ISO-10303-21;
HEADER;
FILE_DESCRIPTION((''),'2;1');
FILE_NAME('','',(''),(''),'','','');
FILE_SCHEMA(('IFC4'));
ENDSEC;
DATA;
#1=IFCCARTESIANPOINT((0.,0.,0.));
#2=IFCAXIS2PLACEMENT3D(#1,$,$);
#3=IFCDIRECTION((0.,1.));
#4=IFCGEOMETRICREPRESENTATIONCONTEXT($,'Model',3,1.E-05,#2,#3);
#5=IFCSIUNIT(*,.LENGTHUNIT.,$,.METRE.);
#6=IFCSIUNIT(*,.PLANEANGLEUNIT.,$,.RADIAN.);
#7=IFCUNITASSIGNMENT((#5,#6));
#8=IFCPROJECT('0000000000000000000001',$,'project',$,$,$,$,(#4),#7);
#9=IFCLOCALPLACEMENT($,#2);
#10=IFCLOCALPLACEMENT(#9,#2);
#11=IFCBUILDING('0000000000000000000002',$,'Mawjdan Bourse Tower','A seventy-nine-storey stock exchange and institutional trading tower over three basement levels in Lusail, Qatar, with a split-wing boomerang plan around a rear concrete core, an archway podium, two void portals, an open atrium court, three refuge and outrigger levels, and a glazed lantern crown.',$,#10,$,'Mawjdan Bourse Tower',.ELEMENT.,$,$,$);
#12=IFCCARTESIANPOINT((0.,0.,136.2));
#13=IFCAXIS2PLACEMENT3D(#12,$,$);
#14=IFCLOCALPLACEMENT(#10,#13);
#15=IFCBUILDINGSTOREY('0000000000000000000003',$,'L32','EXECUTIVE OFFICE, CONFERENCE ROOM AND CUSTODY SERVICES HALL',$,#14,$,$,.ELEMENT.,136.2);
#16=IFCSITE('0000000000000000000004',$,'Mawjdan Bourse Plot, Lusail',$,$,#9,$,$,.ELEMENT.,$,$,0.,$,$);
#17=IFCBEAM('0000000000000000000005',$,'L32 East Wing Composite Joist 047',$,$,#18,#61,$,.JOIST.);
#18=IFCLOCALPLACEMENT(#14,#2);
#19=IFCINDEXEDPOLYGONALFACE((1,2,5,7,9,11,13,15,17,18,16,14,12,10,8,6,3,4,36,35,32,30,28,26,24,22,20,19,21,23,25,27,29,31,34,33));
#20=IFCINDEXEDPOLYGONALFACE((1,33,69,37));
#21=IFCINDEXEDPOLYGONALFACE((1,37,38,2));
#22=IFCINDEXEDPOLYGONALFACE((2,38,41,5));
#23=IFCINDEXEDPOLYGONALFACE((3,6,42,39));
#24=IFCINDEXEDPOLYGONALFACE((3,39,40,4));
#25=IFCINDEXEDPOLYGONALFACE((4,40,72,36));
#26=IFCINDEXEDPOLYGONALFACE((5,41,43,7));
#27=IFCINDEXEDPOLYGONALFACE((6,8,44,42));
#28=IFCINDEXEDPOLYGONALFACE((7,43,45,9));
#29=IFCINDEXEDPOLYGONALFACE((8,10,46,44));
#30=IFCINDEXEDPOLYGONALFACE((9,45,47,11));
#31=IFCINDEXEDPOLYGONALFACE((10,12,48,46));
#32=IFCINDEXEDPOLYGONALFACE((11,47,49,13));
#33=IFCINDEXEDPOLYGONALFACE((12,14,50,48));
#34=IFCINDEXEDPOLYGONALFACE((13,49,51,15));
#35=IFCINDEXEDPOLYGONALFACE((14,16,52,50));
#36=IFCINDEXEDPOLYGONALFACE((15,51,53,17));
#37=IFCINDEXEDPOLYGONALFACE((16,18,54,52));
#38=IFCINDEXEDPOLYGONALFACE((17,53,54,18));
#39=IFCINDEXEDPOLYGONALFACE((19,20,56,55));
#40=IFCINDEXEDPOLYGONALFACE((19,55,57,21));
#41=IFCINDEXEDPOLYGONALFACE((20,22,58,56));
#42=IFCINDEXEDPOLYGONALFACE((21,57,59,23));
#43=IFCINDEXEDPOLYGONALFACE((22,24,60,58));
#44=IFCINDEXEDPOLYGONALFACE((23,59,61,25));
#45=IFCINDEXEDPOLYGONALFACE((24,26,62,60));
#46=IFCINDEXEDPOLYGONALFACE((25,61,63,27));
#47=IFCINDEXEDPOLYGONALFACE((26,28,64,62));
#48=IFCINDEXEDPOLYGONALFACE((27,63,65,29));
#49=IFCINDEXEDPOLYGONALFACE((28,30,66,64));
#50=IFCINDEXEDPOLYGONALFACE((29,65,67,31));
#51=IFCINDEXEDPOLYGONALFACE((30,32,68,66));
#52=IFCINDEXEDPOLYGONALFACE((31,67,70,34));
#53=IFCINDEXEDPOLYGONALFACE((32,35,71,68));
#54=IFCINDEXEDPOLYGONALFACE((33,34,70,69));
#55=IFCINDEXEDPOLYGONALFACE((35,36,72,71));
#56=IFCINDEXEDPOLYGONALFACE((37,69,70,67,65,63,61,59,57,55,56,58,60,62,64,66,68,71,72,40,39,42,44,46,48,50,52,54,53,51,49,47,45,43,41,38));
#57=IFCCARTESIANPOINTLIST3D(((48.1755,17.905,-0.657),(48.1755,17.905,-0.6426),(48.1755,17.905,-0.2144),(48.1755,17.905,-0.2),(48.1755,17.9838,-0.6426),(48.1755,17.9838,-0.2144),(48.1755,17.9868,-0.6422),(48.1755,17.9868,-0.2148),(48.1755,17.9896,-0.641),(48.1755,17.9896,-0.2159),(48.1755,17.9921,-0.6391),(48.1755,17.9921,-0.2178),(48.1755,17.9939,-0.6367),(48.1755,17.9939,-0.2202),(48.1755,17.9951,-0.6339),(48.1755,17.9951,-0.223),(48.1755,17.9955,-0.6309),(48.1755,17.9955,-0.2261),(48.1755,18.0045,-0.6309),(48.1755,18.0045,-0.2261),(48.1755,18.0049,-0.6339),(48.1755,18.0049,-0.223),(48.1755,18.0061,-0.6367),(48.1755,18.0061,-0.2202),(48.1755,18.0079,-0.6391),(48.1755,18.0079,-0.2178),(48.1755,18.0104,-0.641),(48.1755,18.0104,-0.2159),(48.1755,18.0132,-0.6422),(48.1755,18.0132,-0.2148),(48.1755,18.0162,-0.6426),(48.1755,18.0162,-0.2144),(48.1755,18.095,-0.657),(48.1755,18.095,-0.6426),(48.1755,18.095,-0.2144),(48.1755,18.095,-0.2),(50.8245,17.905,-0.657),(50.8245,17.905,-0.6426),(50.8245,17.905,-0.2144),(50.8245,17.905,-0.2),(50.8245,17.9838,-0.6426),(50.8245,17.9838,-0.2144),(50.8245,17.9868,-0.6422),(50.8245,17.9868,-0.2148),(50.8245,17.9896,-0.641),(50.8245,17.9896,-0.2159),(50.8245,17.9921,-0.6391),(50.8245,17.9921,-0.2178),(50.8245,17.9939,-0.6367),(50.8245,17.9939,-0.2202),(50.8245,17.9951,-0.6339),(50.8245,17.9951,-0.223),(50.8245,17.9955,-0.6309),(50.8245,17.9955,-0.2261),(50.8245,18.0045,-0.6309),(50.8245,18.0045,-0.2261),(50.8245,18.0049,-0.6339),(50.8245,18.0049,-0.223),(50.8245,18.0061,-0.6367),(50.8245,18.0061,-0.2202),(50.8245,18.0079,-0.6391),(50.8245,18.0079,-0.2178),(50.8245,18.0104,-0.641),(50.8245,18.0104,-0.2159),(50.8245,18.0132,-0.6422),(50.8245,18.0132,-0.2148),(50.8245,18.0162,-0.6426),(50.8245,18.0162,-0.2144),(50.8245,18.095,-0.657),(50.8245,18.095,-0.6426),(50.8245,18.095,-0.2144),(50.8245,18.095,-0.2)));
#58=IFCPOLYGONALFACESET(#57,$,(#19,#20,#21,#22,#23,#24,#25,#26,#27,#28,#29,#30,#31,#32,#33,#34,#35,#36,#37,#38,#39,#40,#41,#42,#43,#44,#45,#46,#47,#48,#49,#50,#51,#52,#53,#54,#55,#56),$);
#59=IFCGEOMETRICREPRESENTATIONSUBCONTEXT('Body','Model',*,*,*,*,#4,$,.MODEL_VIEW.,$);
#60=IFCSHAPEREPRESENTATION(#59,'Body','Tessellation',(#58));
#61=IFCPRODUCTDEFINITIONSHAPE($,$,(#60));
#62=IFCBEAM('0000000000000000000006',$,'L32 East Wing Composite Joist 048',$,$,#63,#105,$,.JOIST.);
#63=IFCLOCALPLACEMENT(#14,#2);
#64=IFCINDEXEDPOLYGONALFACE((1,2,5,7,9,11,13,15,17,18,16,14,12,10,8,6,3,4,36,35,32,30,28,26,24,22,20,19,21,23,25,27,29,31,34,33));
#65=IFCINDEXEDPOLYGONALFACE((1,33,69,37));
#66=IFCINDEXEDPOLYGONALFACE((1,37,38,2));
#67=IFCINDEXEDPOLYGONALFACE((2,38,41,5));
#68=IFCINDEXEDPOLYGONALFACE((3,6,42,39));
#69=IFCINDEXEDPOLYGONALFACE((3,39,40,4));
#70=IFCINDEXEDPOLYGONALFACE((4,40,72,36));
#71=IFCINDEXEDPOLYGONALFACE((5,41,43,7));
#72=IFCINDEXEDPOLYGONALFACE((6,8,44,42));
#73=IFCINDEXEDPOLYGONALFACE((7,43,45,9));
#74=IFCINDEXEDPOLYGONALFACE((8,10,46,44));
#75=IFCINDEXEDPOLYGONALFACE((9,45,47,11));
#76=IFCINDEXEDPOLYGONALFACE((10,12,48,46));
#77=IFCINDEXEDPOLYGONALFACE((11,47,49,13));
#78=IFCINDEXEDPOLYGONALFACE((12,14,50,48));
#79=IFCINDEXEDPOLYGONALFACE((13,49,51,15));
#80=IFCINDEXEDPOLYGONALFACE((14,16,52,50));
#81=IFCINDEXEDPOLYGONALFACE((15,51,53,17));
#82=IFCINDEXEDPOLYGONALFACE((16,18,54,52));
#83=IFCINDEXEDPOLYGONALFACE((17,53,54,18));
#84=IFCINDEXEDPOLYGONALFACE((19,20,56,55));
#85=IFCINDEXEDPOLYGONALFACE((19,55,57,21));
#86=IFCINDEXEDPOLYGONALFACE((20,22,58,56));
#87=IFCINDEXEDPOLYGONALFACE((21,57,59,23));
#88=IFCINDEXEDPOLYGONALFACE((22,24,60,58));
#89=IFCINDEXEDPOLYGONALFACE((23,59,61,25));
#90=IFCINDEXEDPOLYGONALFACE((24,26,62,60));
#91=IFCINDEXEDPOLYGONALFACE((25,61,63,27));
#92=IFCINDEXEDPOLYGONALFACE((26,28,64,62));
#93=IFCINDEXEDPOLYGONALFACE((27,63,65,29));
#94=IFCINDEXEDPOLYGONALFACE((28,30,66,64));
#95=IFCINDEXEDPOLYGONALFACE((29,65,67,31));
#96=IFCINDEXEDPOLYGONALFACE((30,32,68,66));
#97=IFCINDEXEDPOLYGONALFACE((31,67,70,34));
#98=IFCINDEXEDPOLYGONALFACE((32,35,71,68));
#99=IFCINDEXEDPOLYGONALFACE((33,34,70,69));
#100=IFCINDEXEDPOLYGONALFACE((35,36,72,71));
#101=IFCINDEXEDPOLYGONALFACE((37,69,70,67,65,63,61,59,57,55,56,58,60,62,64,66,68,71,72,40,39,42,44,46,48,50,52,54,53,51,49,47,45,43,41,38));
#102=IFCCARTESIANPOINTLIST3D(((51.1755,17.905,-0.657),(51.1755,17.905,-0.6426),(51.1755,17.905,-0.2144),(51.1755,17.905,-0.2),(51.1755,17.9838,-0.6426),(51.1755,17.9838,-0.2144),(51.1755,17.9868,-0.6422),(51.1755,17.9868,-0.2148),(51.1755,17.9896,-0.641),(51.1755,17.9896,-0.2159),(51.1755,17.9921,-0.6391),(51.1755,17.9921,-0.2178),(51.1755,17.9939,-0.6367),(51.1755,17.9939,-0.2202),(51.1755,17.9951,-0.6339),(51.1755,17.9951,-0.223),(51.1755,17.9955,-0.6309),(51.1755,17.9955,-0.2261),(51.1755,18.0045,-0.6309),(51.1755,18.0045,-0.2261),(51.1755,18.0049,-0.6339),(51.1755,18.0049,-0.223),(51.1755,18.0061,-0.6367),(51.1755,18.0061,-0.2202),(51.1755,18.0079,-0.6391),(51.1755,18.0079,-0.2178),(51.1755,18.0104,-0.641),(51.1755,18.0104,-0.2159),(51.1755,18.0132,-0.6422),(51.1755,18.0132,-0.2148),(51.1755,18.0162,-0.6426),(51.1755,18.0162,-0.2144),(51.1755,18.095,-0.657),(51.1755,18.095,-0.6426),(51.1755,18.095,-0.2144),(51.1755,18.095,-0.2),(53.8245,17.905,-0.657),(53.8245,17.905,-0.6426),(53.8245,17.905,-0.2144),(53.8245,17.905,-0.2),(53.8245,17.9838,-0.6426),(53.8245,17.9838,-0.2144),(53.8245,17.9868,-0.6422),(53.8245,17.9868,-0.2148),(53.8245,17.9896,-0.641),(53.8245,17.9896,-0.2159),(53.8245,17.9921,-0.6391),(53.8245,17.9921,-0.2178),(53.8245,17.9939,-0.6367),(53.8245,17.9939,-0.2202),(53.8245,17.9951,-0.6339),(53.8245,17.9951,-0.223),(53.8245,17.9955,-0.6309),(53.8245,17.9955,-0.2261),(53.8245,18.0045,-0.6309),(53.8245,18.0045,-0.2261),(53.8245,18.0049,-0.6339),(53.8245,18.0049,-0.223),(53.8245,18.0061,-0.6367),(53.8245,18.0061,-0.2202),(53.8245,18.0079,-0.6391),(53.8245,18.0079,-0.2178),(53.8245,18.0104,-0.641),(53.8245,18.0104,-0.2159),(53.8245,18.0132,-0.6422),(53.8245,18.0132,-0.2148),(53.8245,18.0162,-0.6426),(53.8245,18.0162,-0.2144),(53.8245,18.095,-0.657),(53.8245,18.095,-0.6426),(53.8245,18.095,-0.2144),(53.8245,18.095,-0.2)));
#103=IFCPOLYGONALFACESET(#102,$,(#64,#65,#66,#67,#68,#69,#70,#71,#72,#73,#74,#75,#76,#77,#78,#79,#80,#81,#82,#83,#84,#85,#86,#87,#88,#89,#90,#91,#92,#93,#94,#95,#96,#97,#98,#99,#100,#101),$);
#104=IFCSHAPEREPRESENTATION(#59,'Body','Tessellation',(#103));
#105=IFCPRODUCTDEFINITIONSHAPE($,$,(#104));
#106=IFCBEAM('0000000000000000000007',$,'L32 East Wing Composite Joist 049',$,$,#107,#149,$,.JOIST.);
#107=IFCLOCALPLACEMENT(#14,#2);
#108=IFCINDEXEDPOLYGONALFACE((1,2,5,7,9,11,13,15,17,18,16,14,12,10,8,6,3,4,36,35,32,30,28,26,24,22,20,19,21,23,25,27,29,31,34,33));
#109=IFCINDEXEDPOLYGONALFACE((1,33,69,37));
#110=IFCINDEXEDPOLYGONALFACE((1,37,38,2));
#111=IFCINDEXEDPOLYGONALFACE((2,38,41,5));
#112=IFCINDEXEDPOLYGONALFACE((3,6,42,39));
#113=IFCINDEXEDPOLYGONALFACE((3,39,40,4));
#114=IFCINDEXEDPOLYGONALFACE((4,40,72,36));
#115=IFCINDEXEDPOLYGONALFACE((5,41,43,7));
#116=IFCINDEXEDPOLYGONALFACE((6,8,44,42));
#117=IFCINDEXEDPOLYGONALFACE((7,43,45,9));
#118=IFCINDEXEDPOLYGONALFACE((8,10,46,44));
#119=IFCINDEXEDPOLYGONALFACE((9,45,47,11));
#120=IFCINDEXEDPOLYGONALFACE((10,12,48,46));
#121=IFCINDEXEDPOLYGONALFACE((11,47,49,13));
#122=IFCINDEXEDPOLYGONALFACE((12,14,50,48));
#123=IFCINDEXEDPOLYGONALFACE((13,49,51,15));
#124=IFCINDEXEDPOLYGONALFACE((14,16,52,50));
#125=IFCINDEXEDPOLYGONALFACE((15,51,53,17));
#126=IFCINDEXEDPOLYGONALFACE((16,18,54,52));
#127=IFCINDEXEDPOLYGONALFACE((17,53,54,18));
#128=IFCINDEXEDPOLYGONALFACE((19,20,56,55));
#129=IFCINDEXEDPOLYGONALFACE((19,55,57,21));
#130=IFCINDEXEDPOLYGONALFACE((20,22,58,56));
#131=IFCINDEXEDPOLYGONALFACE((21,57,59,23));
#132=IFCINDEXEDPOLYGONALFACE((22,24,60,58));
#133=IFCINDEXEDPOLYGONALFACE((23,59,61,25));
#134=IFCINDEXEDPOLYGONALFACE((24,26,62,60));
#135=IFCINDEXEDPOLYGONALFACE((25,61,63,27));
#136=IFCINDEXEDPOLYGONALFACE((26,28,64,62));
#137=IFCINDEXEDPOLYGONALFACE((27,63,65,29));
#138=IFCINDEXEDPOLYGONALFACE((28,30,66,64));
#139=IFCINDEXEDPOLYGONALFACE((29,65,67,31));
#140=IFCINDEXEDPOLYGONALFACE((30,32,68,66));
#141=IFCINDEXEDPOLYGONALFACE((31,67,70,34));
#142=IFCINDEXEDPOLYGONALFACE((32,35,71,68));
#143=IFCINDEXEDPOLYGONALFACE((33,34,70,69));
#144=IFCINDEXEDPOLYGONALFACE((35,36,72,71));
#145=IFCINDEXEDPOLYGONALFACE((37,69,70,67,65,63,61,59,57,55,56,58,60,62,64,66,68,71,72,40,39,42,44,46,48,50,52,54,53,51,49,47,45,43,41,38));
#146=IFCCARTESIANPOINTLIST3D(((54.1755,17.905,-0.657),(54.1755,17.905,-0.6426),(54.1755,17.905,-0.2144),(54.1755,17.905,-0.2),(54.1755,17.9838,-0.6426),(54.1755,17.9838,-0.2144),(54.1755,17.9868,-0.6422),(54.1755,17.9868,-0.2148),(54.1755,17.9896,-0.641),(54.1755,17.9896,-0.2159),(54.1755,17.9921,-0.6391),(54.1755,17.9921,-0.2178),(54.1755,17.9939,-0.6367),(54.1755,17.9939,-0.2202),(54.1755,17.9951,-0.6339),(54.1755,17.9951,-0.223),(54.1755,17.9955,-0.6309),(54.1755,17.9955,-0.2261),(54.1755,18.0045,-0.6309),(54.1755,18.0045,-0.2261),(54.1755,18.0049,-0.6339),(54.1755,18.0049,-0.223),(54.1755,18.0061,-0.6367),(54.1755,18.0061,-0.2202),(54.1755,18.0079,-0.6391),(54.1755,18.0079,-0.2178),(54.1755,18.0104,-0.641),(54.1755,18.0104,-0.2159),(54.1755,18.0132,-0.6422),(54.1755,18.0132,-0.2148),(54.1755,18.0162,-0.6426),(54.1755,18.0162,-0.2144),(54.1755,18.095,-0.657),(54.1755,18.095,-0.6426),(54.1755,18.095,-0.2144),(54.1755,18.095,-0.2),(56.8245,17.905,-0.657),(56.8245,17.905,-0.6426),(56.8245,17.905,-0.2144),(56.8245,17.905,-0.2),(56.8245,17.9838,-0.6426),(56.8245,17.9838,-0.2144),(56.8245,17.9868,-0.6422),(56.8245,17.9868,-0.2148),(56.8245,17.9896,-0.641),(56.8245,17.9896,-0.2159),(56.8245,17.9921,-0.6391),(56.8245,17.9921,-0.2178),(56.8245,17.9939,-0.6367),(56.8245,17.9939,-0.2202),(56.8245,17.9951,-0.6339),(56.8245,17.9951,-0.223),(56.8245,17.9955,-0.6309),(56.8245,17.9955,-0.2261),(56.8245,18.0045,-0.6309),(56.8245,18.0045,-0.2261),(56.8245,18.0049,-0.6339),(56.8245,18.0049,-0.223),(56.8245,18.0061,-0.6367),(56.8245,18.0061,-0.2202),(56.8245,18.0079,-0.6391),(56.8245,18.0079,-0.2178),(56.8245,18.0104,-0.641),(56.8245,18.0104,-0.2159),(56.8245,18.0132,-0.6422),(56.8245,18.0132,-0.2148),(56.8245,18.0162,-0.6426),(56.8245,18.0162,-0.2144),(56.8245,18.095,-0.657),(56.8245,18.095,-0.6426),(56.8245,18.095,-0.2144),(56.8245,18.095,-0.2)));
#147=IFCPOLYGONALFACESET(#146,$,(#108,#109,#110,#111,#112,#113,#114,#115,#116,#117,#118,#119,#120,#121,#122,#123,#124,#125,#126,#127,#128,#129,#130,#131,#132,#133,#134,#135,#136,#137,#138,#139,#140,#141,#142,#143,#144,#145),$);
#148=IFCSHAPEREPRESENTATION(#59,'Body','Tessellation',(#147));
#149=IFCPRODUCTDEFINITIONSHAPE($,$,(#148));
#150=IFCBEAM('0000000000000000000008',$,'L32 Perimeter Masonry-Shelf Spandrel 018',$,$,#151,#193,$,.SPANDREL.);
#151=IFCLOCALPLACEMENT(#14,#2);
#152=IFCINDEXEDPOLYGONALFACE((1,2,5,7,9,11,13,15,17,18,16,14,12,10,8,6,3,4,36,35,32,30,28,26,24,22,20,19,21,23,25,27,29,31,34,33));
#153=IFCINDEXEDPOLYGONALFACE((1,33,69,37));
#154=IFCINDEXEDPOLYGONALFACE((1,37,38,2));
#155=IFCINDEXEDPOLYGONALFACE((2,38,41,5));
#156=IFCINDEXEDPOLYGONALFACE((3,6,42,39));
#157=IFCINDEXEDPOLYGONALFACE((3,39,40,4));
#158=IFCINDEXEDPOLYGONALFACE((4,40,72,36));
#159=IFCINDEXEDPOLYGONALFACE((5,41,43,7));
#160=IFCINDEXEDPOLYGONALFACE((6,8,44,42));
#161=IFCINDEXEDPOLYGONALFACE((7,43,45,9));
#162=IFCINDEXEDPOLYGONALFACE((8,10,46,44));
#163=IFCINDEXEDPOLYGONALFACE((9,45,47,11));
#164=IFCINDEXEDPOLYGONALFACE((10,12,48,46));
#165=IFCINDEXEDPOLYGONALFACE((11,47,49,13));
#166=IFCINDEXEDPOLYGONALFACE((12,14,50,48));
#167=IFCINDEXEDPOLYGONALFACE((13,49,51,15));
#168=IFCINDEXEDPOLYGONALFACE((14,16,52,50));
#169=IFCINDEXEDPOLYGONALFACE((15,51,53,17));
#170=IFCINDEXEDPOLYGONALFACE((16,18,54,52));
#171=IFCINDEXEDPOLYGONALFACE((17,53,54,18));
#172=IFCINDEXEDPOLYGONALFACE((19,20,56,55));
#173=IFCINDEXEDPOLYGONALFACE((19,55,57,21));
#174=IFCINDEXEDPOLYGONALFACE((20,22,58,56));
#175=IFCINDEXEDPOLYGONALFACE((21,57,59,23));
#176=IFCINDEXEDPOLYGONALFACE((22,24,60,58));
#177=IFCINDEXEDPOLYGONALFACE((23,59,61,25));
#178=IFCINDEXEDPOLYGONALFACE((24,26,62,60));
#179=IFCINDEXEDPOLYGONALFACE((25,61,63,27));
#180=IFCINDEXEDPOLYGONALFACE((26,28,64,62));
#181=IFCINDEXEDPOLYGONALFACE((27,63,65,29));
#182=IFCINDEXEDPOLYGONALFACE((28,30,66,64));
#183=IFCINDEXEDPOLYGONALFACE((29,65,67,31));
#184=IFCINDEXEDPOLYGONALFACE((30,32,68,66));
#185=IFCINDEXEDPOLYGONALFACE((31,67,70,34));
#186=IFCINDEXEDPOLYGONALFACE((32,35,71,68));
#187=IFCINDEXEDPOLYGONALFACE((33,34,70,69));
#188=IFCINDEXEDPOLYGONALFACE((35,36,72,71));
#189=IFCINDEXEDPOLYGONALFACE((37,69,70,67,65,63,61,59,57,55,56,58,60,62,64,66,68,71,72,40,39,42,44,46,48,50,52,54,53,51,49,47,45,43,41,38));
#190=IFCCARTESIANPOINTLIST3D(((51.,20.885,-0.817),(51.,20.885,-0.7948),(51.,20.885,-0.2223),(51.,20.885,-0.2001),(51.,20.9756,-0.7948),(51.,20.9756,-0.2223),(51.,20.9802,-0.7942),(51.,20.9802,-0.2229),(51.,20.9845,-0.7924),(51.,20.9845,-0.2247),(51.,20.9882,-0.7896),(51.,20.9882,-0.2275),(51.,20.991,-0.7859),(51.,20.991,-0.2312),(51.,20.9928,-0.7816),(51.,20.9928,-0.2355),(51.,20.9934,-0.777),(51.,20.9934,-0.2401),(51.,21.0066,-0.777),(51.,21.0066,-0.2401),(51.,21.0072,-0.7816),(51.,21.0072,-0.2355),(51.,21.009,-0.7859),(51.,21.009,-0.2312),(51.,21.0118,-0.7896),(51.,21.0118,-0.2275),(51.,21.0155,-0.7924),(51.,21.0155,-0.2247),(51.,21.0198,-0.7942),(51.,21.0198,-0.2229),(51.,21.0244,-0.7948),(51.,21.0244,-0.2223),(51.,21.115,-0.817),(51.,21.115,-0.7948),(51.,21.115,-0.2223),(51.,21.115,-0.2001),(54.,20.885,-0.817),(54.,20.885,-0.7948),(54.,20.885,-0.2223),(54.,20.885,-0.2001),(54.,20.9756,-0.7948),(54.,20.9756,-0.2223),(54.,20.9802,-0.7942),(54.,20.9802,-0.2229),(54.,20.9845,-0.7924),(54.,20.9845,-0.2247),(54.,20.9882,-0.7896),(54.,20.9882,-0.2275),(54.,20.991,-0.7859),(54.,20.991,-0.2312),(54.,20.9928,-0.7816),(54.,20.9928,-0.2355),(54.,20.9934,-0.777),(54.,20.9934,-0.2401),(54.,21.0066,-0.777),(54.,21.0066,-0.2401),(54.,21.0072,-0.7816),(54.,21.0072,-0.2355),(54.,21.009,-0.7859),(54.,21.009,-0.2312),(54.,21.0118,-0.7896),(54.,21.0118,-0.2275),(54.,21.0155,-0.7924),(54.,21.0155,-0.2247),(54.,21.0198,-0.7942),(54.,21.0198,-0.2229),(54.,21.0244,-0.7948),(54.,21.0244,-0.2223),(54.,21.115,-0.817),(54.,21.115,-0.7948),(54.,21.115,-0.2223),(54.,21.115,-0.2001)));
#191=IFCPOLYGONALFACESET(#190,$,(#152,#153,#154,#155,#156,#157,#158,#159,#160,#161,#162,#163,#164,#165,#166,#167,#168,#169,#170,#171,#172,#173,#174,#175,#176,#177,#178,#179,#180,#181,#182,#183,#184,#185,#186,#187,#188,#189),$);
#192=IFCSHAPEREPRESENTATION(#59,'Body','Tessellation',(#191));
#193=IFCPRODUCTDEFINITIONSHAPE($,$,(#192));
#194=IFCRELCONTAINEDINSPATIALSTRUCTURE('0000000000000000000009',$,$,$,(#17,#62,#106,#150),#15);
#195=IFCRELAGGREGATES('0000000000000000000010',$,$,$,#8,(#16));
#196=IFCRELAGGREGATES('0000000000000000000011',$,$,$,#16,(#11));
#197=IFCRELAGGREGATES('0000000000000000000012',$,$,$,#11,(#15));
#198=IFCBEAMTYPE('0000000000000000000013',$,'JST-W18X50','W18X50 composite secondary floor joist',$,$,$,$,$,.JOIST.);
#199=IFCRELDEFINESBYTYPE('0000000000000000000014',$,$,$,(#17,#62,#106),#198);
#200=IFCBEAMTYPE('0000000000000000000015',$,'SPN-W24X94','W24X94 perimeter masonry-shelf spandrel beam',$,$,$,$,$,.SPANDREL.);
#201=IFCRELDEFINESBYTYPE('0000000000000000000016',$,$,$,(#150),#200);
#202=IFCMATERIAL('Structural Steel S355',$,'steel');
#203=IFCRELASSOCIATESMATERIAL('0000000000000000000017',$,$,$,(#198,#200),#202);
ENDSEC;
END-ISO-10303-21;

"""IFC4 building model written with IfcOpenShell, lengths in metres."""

from ifc_helpers import new_model, si_unit, direction, frame, origin, origin_2d, place, context, subcontext, project, spatial, i_section, extrude, material, material_profile, profile_set, type_object, element, save


model = new_model("IFC4")

# Units and contexts
model_context = context("Model", 3, precision=1e-05, world=origin(), true_north=direction((0.0, 1.0)))
body_context = subcontext(model_context, "Body", "Model", "MODEL_VIEW")
ifc_project = project(units=[si_unit("LENGTHUNIT", "METRE"), si_unit("PLANEANGLEUNIT", "RADIAN")], contexts=[model_context])

# Site, building, storey
site_placement = place(None, origin())
site = spatial("IfcSite", under=ifc_project, at=site_placement, Name="Mawjdan Bourse Plot, Lusail", CompositionType="ELEMENT", RefElevation=0.0)
building_placement = place(site_placement, origin())
building = spatial("IfcBuilding", under=site, at=building_placement, Name="Mawjdan Bourse Tower", Description="A seventy-nine-storey stock exchange and institutional trading tower over three basement levels in Lusail, Qatar, with a split-wing boomerang plan around a rear concrete core, an archway podium, two void portals, an open atrium court, three refuge and outrigger levels, and a glazed lantern crown.", LongName="Mawjdan Bourse Tower", CompositionType="ELEMENT")
storey_placement = place(building_placement, frame((0.0, 0.0, 136.2)))
storey = spatial("IfcBuildingStorey", under=building, at=storey_placement, Name="L32", Description="EXECUTIVE OFFICE, CONFERENCE ROOM AND CUSTODY SERVICES HALL", CompositionType="ELEMENT", Elevation=136.2)

# Beams
ifc_material_1 = material(Name="Structural Steel S355", Category="steel")
ifc_material_profile_1 = material_profile(ifc_material_1, i_section(OverallWidth=0.1899, OverallDepth=0.457, WebThickness=0.009, FlangeThickness=0.0144, FilletRadius=0.0117, at=origin_2d()), Name="W18X50")
ifc_profile_set_1 = profile_set([ifc_material_profile_1], Name="Structural Steel S355")
beam_type_1 = type_object("IfcBeamType", Name="JST-W18X50", Description="W18X50 composite secondary floor joist", PredefinedType="JOIST", material=ifc_profile_set_1)
for number, where, z_axis, x_axis, name in (
    (1, (48.1755, 18.0, -0.4285), (1.0, 0.0, 0.0), (0.0, 1.0, 0.0), "L32 East Wing Composite Joist 047"),
    (2, (51.1755, 18.0, -0.4285), (1.0, 0.0, 0.0), (0.0, 1.0, 0.0), "L32 East Wing Composite Joist 048"),
    (3, (54.1755, 18.0, -0.4285), (1.0, 0.0, 0.0), (0.0, 1.0, 0.0), "L32 East Wing Composite Joist 049"),
):
    element("IfcBeam", number, at=place(storey_placement, frame(where, z_axis=z_axis, x_axis=x_axis)), inside=storey, type_object=beam_type_1, Name=name, PredefinedType="JOIST", context=body_context, shape_type="SweptSolid", body=[
        extrude(i_section(OverallWidth=0.1899, OverallDepth=0.457, WebThickness=0.009, FlangeThickness=0.0144, FilletRadius=0.0117, at=origin_2d()), origin(), (0.0, 0.0, 1.0), 2.6489),
    ])
ifc_material_profile_2 = material_profile(ifc_material_1, i_section(OverallWidth=0.23, OverallDepth=0.6169, WebThickness=0.0132, FlangeThickness=0.0222, FilletRadius=0.0178, at=origin_2d()), Name="W24X94")
ifc_profile_set_2 = profile_set([ifc_material_profile_2], Name="Structural Steel S355")
beam_type_2 = type_object("IfcBeamType", Name="SPN-W24X94", Description="W24X94 perimeter masonry-shelf spandrel beam", PredefinedType="SPANDREL", material=ifc_profile_set_2)
for number, where, z_axis, x_axis, name in (
    (4, (51.0, 21.0, -0.5085), (1.0, 0.0, 0.0), (0.0, 1.0, 0.0), "L32 Perimeter Masonry-Shelf Spandrel 018"),
):
    element("IfcBeam", number, at=place(storey_placement, frame(where, z_axis=z_axis, x_axis=x_axis)), inside=storey, type_object=beam_type_2, Name=name, PredefinedType="SPANDREL", context=body_context, shape_type="SweptSolid", body=[
        extrude(i_section(OverallWidth=0.23, OverallDepth=0.6169, WebThickness=0.0132, FlangeThickness=0.0222, FilletRadius=0.0178, at=origin_2d()), origin(), (0.0, 0.0, 1.0), 3.0),
    ])

save(model, "model.ifc")
